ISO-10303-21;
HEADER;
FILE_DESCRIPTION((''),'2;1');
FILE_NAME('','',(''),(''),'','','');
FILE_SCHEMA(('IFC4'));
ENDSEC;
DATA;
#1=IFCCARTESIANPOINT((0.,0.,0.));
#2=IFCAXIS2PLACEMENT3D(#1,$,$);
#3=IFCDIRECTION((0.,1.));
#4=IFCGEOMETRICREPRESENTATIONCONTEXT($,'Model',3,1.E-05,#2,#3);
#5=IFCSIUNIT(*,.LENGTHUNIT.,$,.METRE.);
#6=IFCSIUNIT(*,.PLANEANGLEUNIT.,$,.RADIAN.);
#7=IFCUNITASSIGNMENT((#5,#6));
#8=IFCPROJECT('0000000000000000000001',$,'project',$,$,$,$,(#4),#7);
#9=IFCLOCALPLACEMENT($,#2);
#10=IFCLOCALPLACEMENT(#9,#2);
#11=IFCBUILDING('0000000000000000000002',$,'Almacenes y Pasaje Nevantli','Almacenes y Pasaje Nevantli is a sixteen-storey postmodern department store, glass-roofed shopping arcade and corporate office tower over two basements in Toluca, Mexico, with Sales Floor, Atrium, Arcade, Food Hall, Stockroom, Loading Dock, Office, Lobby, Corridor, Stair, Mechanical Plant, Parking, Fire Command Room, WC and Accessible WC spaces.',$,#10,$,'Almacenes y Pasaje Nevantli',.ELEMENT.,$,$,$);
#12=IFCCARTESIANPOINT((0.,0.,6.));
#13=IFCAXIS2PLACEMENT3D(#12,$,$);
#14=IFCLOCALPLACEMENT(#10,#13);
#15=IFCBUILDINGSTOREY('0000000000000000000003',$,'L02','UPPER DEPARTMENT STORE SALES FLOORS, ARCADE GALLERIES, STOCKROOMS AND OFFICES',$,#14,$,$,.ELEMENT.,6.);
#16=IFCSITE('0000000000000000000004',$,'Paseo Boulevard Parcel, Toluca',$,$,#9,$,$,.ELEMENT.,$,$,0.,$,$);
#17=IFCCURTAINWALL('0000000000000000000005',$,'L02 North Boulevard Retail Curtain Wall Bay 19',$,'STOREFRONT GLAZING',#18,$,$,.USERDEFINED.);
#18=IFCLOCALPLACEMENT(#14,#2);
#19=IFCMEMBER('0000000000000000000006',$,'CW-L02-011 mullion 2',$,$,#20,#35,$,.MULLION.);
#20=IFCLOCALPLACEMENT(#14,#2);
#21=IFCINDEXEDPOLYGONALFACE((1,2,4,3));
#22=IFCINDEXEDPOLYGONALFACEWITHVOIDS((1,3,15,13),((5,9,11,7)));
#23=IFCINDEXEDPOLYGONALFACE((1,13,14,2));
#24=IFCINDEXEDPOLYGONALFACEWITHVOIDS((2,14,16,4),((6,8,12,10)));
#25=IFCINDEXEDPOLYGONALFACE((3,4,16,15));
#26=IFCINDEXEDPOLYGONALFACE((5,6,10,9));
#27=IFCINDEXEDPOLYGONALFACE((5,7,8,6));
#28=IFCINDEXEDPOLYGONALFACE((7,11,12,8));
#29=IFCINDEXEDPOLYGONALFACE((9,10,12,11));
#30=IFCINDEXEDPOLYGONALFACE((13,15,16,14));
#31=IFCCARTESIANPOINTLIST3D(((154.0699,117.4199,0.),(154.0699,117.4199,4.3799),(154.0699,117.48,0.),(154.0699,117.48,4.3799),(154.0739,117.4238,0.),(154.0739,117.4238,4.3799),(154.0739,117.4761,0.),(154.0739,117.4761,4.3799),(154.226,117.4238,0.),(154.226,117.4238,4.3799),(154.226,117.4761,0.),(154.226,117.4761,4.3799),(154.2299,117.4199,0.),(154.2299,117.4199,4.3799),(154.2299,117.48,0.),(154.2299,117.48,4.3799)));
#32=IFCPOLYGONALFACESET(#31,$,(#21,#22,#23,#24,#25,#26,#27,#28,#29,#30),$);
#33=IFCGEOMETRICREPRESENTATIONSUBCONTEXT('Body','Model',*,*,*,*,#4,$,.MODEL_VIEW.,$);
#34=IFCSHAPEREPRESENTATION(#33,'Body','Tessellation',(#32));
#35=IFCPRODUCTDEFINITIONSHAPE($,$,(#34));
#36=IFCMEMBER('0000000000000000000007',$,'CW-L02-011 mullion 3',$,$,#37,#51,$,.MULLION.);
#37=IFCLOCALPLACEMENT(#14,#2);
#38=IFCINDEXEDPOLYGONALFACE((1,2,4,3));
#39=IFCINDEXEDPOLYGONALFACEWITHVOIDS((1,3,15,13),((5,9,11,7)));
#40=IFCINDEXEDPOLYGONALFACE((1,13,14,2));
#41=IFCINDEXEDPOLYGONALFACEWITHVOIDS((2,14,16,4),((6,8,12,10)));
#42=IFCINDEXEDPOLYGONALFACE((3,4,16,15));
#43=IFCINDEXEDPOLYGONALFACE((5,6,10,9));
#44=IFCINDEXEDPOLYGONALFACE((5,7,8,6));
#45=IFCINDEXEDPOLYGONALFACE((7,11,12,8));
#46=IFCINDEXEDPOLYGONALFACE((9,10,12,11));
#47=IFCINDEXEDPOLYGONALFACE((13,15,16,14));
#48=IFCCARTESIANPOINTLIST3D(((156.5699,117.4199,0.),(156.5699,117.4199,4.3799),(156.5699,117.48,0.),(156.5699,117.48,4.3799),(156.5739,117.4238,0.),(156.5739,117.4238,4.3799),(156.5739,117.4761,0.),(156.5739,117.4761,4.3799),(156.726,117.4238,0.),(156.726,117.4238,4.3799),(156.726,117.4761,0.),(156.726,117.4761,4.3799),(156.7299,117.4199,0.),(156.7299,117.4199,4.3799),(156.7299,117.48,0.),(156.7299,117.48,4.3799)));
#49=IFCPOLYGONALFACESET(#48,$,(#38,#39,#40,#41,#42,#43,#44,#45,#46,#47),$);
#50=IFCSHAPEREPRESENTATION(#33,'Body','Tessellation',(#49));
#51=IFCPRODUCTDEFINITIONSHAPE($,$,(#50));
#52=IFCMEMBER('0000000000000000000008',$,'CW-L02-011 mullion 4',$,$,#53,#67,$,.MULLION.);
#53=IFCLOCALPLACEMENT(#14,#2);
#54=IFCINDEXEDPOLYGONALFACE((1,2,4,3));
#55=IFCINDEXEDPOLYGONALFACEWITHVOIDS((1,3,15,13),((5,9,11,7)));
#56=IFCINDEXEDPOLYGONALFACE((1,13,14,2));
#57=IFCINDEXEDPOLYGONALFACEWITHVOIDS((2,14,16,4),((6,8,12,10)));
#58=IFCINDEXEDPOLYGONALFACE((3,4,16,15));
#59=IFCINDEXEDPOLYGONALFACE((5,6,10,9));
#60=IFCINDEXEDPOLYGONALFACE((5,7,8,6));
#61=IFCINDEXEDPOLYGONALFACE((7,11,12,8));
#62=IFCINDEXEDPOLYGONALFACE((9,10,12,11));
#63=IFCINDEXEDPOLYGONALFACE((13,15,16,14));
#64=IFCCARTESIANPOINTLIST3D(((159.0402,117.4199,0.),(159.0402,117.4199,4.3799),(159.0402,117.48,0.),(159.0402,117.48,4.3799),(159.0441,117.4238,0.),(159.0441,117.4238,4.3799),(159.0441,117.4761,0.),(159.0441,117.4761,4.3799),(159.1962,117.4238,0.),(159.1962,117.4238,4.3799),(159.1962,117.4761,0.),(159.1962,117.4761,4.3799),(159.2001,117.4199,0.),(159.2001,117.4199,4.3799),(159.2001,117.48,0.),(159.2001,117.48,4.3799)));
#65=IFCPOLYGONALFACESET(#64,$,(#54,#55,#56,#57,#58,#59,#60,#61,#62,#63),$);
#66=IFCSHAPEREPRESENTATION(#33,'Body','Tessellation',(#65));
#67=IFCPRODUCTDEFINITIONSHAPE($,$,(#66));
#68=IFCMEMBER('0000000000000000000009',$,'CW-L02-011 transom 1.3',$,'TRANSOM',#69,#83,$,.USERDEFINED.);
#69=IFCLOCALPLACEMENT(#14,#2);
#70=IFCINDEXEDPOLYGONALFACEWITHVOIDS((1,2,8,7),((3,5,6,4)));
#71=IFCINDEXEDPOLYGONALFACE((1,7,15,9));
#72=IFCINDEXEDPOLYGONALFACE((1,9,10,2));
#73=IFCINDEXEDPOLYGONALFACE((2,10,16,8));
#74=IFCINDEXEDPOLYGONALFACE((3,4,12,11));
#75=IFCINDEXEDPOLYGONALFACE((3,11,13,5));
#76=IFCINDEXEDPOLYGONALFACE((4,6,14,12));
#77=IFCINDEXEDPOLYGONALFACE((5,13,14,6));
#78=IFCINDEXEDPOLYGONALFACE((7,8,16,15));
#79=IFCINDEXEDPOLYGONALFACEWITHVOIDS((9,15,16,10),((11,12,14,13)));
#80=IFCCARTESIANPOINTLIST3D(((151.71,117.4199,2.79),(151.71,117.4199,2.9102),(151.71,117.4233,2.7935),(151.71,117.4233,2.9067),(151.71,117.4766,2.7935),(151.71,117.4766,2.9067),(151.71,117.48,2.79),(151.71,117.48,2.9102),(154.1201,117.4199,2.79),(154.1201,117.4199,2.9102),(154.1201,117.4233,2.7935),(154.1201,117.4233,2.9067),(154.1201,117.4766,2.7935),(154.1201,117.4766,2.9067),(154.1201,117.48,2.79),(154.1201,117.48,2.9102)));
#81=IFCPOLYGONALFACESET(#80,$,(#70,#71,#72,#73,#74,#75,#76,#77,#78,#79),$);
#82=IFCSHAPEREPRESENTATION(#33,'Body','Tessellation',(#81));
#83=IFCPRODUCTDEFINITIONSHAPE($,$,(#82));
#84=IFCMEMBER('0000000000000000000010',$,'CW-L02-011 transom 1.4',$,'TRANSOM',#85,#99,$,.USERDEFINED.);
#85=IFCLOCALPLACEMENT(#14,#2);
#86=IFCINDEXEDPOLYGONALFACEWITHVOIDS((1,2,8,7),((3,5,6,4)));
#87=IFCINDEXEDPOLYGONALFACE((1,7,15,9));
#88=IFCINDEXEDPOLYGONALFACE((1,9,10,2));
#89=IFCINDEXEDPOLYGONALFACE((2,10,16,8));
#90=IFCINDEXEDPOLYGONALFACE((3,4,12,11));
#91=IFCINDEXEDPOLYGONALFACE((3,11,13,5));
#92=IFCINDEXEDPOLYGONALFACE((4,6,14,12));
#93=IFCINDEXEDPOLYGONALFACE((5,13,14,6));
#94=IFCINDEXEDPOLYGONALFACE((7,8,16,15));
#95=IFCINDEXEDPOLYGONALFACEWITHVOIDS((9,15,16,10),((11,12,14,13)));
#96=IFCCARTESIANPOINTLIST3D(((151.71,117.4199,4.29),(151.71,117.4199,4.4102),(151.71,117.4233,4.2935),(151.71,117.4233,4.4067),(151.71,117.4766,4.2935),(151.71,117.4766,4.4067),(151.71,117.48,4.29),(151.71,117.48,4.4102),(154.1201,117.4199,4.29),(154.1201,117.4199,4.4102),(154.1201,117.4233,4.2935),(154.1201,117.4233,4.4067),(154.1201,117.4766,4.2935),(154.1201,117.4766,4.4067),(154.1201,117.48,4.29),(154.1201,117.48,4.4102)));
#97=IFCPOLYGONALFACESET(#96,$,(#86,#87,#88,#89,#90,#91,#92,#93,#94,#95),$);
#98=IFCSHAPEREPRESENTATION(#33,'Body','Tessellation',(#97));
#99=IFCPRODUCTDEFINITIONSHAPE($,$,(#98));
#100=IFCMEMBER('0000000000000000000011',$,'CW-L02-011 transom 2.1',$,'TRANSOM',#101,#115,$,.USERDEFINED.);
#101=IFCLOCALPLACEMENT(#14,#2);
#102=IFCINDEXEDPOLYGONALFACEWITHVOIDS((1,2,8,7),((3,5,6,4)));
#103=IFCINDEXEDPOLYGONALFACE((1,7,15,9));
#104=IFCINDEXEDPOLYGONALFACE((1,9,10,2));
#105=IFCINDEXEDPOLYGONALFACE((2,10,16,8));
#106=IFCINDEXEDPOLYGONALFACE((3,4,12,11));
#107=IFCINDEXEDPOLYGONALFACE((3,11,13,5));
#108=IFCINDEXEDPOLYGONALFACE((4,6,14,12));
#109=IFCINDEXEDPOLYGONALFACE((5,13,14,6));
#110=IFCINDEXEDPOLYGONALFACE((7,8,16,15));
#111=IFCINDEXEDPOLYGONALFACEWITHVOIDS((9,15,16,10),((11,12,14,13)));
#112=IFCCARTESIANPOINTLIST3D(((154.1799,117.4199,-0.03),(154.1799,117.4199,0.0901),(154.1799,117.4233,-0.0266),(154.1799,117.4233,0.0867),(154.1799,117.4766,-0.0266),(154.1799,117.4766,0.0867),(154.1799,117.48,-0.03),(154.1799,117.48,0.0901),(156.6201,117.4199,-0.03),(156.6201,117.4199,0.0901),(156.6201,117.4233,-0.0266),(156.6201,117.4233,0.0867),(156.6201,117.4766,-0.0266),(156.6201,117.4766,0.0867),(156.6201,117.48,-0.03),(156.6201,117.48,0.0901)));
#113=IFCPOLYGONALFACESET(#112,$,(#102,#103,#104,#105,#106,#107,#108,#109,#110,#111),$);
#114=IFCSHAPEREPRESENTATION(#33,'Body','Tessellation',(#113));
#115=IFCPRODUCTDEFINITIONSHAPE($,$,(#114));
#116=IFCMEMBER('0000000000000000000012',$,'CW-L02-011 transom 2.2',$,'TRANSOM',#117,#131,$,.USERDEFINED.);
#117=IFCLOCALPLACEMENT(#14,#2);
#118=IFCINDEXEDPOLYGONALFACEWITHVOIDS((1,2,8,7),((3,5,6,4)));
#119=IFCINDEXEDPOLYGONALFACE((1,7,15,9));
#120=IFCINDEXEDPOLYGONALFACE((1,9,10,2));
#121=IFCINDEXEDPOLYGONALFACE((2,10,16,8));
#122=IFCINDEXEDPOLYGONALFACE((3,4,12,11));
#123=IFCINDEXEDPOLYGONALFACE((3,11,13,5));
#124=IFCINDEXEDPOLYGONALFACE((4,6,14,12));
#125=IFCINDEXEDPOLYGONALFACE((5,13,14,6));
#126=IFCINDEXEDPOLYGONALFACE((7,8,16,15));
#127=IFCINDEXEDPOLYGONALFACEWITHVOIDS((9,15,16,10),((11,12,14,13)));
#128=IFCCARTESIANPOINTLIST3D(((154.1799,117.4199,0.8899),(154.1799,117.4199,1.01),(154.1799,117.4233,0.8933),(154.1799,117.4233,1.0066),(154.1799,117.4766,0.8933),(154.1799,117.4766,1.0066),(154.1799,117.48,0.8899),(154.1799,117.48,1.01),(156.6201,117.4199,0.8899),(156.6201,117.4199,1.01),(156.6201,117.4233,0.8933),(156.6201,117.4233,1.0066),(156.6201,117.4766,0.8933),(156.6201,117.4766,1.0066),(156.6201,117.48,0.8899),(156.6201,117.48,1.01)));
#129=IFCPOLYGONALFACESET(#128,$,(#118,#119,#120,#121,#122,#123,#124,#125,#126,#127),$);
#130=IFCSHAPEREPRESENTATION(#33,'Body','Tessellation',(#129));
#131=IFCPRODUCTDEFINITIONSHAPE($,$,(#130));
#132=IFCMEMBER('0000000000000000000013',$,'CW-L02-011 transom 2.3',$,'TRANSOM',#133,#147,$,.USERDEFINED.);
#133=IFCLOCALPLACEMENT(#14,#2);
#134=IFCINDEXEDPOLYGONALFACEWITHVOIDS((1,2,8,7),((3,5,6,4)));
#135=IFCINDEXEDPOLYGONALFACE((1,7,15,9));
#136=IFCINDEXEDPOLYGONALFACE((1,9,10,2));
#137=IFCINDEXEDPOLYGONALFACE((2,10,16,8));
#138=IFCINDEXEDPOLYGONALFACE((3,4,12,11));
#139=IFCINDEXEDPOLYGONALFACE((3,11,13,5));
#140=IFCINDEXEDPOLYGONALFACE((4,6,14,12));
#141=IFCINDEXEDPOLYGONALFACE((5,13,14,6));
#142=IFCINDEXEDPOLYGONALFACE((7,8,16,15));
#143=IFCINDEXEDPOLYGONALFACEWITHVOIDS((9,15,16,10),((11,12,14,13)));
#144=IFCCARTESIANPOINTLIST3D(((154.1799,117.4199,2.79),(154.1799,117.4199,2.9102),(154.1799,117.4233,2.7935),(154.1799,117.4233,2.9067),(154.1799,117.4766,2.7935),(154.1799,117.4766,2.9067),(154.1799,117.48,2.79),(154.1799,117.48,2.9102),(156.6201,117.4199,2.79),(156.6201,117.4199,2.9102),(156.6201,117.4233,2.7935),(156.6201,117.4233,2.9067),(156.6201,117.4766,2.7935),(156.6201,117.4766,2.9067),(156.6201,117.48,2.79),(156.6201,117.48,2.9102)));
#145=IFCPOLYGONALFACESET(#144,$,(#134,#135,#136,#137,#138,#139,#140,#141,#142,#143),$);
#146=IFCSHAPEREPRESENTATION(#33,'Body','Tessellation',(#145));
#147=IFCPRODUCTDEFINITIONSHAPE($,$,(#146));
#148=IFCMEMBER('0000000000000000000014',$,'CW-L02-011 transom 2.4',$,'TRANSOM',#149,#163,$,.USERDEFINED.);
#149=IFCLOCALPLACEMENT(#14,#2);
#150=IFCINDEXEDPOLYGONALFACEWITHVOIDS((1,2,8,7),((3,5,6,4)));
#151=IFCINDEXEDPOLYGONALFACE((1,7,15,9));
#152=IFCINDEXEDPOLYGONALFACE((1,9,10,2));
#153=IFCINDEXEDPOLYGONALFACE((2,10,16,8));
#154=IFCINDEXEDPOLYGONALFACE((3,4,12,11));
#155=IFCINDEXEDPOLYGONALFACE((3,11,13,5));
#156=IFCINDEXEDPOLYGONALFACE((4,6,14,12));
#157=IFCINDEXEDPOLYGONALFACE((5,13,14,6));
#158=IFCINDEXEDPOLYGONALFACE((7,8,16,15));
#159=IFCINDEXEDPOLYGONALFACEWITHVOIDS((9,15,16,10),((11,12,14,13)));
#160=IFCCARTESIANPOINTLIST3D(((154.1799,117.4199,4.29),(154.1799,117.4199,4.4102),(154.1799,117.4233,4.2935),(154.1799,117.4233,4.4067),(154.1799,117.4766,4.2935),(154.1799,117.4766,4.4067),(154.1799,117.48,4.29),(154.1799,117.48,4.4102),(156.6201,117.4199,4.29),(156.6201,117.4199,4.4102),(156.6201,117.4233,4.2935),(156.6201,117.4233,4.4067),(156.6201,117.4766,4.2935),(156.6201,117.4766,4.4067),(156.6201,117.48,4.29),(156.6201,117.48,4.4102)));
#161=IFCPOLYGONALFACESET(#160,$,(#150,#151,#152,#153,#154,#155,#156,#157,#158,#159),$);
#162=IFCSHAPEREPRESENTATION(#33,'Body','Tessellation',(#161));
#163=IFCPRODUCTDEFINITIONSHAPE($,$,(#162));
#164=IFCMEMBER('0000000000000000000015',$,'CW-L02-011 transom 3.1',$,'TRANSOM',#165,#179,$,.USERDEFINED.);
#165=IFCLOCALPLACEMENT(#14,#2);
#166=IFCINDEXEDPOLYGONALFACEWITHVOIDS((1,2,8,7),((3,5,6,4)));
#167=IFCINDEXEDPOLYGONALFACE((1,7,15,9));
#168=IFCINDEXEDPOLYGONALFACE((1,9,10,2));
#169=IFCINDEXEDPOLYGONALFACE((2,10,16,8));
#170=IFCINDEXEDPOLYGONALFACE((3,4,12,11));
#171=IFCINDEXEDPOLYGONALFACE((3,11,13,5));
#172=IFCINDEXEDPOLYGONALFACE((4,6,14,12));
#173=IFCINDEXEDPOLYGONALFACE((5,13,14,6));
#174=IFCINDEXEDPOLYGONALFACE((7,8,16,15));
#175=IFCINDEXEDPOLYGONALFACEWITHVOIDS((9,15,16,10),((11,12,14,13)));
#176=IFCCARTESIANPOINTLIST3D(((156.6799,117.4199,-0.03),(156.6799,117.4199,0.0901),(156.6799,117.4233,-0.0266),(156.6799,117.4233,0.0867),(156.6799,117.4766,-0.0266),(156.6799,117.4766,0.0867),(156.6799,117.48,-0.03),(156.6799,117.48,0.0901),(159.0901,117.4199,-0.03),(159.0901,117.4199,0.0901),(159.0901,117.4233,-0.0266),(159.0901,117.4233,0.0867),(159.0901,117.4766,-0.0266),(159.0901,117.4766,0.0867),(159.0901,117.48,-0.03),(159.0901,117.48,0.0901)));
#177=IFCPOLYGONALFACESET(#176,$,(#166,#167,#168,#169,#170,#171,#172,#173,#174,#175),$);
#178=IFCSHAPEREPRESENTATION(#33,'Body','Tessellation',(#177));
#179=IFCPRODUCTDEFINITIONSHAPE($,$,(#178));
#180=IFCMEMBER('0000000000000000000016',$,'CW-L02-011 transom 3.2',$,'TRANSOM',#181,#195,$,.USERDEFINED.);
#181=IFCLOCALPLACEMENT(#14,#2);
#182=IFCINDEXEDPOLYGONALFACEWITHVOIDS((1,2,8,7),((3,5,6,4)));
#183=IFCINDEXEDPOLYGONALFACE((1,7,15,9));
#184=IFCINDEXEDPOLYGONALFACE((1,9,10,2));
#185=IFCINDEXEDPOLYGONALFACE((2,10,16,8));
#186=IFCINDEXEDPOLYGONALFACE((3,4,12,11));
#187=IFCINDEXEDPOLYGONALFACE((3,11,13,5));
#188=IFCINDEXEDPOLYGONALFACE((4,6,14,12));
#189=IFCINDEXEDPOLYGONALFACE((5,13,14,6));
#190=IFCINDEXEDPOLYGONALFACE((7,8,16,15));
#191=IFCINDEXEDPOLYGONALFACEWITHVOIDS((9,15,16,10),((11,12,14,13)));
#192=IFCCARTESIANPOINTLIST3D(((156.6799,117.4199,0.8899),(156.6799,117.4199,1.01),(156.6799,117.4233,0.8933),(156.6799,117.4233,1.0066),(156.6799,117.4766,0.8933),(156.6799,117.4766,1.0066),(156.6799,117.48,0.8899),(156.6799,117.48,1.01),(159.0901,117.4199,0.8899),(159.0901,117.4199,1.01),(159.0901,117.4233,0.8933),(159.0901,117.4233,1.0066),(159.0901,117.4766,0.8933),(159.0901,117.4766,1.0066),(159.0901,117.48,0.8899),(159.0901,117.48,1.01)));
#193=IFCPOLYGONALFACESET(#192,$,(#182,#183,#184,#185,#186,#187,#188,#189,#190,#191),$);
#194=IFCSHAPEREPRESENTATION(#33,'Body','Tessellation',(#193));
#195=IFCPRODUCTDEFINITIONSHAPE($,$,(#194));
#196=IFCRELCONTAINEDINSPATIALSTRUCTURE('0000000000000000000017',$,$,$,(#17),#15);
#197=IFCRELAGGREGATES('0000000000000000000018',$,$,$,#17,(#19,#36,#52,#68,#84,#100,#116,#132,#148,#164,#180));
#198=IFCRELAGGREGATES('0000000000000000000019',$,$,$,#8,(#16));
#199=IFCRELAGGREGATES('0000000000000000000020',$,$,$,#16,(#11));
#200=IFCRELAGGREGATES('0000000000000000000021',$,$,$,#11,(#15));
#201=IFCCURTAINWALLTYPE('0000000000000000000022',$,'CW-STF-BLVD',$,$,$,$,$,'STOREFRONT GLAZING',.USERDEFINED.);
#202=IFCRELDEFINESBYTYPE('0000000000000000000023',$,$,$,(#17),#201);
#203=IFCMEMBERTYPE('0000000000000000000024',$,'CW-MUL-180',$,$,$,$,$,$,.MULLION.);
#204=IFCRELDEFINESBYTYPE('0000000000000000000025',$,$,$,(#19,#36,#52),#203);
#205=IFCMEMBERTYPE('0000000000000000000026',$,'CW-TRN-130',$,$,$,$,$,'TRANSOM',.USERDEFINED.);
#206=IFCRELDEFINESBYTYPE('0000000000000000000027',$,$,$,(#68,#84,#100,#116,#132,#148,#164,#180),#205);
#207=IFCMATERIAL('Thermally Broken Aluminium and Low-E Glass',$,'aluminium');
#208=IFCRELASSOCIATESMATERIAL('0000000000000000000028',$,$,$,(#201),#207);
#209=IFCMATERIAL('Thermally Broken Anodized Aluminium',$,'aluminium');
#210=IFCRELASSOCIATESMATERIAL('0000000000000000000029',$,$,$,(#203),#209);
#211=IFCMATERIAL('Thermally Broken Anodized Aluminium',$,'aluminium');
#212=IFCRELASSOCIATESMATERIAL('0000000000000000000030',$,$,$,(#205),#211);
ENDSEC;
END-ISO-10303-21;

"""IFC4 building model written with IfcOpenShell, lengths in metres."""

from ifc_helpers import new_model, si_unit, direction, frame, origin, origin_2d, place, context, subcontext, project, spatial, hollow_rectangle, extrude, material, material_profile, profile_set, type_object, element, aggregate, save


model = new_model("IFC4")

# Units and contexts
model_context = context("Model", 3, precision=1e-05, world=origin(), true_north=direction((0.0, 1.0)))
body_context = subcontext(model_context, "Body", "Model", "MODEL_VIEW")
ifc_project = project(units=[si_unit("LENGTHUNIT", "METRE"), si_unit("PLANEANGLEUNIT", "RADIAN")], contexts=[model_context])

# Site, building, storey
site_placement = place(None, origin())
site = spatial("IfcSite", under=ifc_project, at=site_placement, Name="Paseo Boulevard Parcel, Toluca", CompositionType="ELEMENT", RefElevation=0.0)
building_placement = place(site_placement, origin())
building = spatial("IfcBuilding", under=site, at=building_placement, Name="Almacenes y Pasaje Nevantli", Description="Almacenes y Pasaje Nevantli is a sixteen-storey postmodern department store, glass-roofed shopping arcade and corporate office tower over two basements in Toluca, Mexico, with Sales Floor, Atrium, Arcade, Food Hall, Stockroom, Loading Dock, Office, Lobby, Corridor, Stair, Mechanical Plant, Parking, Fire Command Room, WC and Accessible WC spaces.", LongName="Almacenes y Pasaje Nevantli", CompositionType="ELEMENT")
storey_placement = place(building_placement, frame((0.0, 0.0, 6.0)))
storey = spatial("IfcBuildingStorey", under=building, at=storey_placement, Name="L02", Description="UPPER DEPARTMENT STORE SALES FLOORS, ARCADE GALLERIES, STOCKROOMS AND OFFICES", CompositionType="ELEMENT", Elevation=6.0)

# Curtain wall, members
ifc_material_1 = material(Name="Thermally Broken Aluminium and Low-E Glass", Category="aluminium")
curtain_wall_type_1 = type_object("IfcCurtainWallType", Name="CW-STF-BLVD", ElementType="STOREFRONT GLAZING", PredefinedType="USERDEFINED", material=ifc_material_1)
curtain_wall_1_placement = place(storey_placement, origin())
curtain_wall_1 = element("IfcCurtainWall", 1, at=curtain_wall_1_placement, inside=storey, type_object=curtain_wall_type_1, Name="L02 North Boulevard Retail Curtain Wall Bay 19", ObjectType="STOREFRONT GLAZING", PredefinedType="USERDEFINED")
ifc_material_2 = material(Name="Thermally Broken Anodized Aluminium", Category="aluminium")
ifc_material_profile_1 = material_profile(ifc_material_2, hollow_rectangle(XDim=0.0601, YDim=0.1599, WallThickness=0.0039, at=origin_2d()), Name="ALU-MUL-60x160")
ifc_profile_set_1 = profile_set([ifc_material_profile_1], Name="Thermally Broken Anodized Aluminium")
member_type_1 = type_object("IfcMemberType", Name="CW-MUL-180", PredefinedType="MULLION", material=ifc_profile_set_1)
member_1_placement = place(storey_placement, frame((154.1499, 117.45, 0.0), z_axis=(0.0, 0.0, 1.0), x_axis=(0.0, 1.0, 0.0)))
member_1 = element("IfcMember", 2, at=member_1_placement, type_object=member_type_1, Name="CW-L02-011 mullion 2", PredefinedType="MULLION", context=body_context, shape_type="SweptSolid", body=[
    extrude(hollow_rectangle(XDim=0.0601, YDim=0.1599, WallThickness=0.0039, at=origin_2d()), origin(), (0.0, 0.0, 1.0), 4.3799),
])
member_2_placement = place(storey_placement, frame((156.6499, 117.45, 0.0), z_axis=(0.0, 0.0, 1.0), x_axis=(0.0, 1.0, 0.0)))
member_2 = element("IfcMember", 3, at=member_2_placement, type_object=member_type_1, Name="CW-L02-011 mullion 3", PredefinedType="MULLION", context=body_context, shape_type="SweptSolid", body=[
    extrude(hollow_rectangle(XDim=0.0601, YDim=0.1599, WallThickness=0.0039, at=origin_2d()), origin(), (0.0, 0.0, 1.0), 4.3799),
])
member_3_placement = place(storey_placement, frame((159.1201, 117.45, 0.0), z_axis=(0.0, 0.0, 1.0), x_axis=(0.0, 1.0, 0.0)))
member_3 = element("IfcMember", 4, at=member_3_placement, type_object=member_type_1, Name="CW-L02-011 mullion 4", PredefinedType="MULLION", context=body_context, shape_type="SweptSolid", body=[
    extrude(hollow_rectangle(XDim=0.0601, YDim=0.1599, WallThickness=0.0039, at=origin_2d()), origin(), (0.0, 0.0, 1.0), 4.3799),
])
ifc_material_3 = material(Name="Thermally Broken Anodized Aluminium", Category="aluminium")
ifc_material_profile_2 = material_profile(ifc_material_3, hollow_rectangle(XDim=0.0601, YDim=0.1201, WallThickness=0.0034, at=origin_2d()), Name="ALU-TRN-60x120")
ifc_profile_set_2 = profile_set([ifc_material_profile_2], Name="Thermally Broken Anodized Aluminium")
member_type_2 = type_object("IfcMemberType", Name="CW-TRN-130", ElementType="TRANSOM", PredefinedType="USERDEFINED", material=ifc_profile_set_2)
member_4_placement = place(storey_placement, frame((151.71, 117.45, 2.8501), z_axis=(1.0, 0.0, 0.0), x_axis=(0.0, 1.0, 0.0)))
member_4 = element("IfcMember", 5, at=member_4_placement, type_object=member_type_2, Name="CW-L02-011 transom 1.3", ObjectType="TRANSOM", PredefinedType="USERDEFINED", context=body_context, shape_type="SweptSolid", body=[
    extrude(hollow_rectangle(XDim=0.0601, YDim=0.1201, WallThickness=0.0034, at=origin_2d()), origin(), (0.0, 0.0, 1.0), 2.4102),
])
member_5_placement = place(storey_placement, frame((151.71, 117.45, 4.3501), z_axis=(1.0, 0.0, 0.0), x_axis=(0.0, 1.0, 0.0)))
member_5 = element("IfcMember", 6, at=member_5_placement, type_object=member_type_2, Name="CW-L02-011 transom 1.4", ObjectType="TRANSOM", PredefinedType="USERDEFINED", context=body_context, shape_type="SweptSolid", body=[
    extrude(hollow_rectangle(XDim=0.0601, YDim=0.1201, WallThickness=0.0034, at=origin_2d()), origin(), (0.0, 0.0, 1.0), 2.4102),
])
member_6_placement = place(storey_placement, frame((154.1799, 117.45, 0.03), z_axis=(1.0, 0.0, 0.0), x_axis=(0.0, 1.0, 0.0)))
member_6 = element("IfcMember", 7, at=member_6_placement, type_object=member_type_2, Name="CW-L02-011 transom 2.1", ObjectType="TRANSOM", PredefinedType="USERDEFINED", context=body_context, shape_type="SweptSolid", body=[
    extrude(hollow_rectangle(XDim=0.0601, YDim=0.1201, WallThickness=0.0034, at=origin_2d()), origin(), (0.0, 0.0, 1.0), 2.4402),
])
member_7_placement = place(storey_placement, frame((154.1799, 117.45, 0.95), z_axis=(1.0, 0.0, 0.0), x_axis=(0.0, 1.0, 0.0)))
member_7 = element("IfcMember", 8, at=member_7_placement, type_object=member_type_2, Name="CW-L02-011 transom 2.2", ObjectType="TRANSOM", PredefinedType="USERDEFINED", context=body_context, shape_type="SweptSolid", body=[
    extrude(hollow_rectangle(XDim=0.0601, YDim=0.1201, WallThickness=0.0034, at=origin_2d()), origin(), (0.0, 0.0, 1.0), 2.4402),
])
member_8_placement = place(storey_placement, frame((154.1799, 117.45, 2.8501), z_axis=(1.0, 0.0, 0.0), x_axis=(0.0, 1.0, 0.0)))
member_8 = element("IfcMember", 9, at=member_8_placement, type_object=member_type_2, Name="CW-L02-011 transom 2.3", ObjectType="TRANSOM", PredefinedType="USERDEFINED", context=body_context, shape_type="SweptSolid", body=[
    extrude(hollow_rectangle(XDim=0.0601, YDim=0.1201, WallThickness=0.0034, at=origin_2d()), origin(), (0.0, 0.0, 1.0), 2.4402),
])
member_9_placement = place(storey_placement, frame((154.1799, 117.45, 4.3501), z_axis=(1.0, 0.0, 0.0), x_axis=(0.0, 1.0, 0.0)))
member_9 = element("IfcMember", 10, at=member_9_placement, type_object=member_type_2, Name="CW-L02-011 transom 2.4", ObjectType="TRANSOM", PredefinedType="USERDEFINED", context=body_context, shape_type="SweptSolid", body=[
    extrude(hollow_rectangle(XDim=0.0601, YDim=0.1201, WallThickness=0.0034, at=origin_2d()), origin(), (0.0, 0.0, 1.0), 2.4402),
])
member_10_placement = place(storey_placement, frame((156.6799, 117.45, 0.03), z_axis=(1.0, 0.0, 0.0), x_axis=(0.0, 1.0, 0.0)))
member_10 = element("IfcMember", 11, at=member_10_placement, type_object=member_type_2, Name="CW-L02-011 transom 3.1", ObjectType="TRANSOM", PredefinedType="USERDEFINED", context=body_context, shape_type="SweptSolid", body=[
    extrude(hollow_rectangle(XDim=0.0601, YDim=0.1201, WallThickness=0.0034, at=origin_2d()), origin(), (0.0, 0.0, 1.0), 2.4102),
])
member_11_placement = place(storey_placement, frame((156.6799, 117.45, 0.95), z_axis=(1.0, 0.0, 0.0), x_axis=(0.0, 1.0, 0.0)))
member_11 = element("IfcMember", 12, at=member_11_placement, type_object=member_type_2, Name="CW-L02-011 transom 3.2", ObjectType="TRANSOM", PredefinedType="USERDEFINED", context=body_context, shape_type="SweptSolid", body=[
    extrude(hollow_rectangle(XDim=0.0601, YDim=0.1201, WallThickness=0.0034, at=origin_2d()), origin(), (0.0, 0.0, 1.0), 2.4102),
])
aggregate(curtain_wall_1, [member_1, member_2, member_3, member_4, member_5, member_6, member_7, member_8, member_9, member_10, member_11])

save(model, "model.ifc")
